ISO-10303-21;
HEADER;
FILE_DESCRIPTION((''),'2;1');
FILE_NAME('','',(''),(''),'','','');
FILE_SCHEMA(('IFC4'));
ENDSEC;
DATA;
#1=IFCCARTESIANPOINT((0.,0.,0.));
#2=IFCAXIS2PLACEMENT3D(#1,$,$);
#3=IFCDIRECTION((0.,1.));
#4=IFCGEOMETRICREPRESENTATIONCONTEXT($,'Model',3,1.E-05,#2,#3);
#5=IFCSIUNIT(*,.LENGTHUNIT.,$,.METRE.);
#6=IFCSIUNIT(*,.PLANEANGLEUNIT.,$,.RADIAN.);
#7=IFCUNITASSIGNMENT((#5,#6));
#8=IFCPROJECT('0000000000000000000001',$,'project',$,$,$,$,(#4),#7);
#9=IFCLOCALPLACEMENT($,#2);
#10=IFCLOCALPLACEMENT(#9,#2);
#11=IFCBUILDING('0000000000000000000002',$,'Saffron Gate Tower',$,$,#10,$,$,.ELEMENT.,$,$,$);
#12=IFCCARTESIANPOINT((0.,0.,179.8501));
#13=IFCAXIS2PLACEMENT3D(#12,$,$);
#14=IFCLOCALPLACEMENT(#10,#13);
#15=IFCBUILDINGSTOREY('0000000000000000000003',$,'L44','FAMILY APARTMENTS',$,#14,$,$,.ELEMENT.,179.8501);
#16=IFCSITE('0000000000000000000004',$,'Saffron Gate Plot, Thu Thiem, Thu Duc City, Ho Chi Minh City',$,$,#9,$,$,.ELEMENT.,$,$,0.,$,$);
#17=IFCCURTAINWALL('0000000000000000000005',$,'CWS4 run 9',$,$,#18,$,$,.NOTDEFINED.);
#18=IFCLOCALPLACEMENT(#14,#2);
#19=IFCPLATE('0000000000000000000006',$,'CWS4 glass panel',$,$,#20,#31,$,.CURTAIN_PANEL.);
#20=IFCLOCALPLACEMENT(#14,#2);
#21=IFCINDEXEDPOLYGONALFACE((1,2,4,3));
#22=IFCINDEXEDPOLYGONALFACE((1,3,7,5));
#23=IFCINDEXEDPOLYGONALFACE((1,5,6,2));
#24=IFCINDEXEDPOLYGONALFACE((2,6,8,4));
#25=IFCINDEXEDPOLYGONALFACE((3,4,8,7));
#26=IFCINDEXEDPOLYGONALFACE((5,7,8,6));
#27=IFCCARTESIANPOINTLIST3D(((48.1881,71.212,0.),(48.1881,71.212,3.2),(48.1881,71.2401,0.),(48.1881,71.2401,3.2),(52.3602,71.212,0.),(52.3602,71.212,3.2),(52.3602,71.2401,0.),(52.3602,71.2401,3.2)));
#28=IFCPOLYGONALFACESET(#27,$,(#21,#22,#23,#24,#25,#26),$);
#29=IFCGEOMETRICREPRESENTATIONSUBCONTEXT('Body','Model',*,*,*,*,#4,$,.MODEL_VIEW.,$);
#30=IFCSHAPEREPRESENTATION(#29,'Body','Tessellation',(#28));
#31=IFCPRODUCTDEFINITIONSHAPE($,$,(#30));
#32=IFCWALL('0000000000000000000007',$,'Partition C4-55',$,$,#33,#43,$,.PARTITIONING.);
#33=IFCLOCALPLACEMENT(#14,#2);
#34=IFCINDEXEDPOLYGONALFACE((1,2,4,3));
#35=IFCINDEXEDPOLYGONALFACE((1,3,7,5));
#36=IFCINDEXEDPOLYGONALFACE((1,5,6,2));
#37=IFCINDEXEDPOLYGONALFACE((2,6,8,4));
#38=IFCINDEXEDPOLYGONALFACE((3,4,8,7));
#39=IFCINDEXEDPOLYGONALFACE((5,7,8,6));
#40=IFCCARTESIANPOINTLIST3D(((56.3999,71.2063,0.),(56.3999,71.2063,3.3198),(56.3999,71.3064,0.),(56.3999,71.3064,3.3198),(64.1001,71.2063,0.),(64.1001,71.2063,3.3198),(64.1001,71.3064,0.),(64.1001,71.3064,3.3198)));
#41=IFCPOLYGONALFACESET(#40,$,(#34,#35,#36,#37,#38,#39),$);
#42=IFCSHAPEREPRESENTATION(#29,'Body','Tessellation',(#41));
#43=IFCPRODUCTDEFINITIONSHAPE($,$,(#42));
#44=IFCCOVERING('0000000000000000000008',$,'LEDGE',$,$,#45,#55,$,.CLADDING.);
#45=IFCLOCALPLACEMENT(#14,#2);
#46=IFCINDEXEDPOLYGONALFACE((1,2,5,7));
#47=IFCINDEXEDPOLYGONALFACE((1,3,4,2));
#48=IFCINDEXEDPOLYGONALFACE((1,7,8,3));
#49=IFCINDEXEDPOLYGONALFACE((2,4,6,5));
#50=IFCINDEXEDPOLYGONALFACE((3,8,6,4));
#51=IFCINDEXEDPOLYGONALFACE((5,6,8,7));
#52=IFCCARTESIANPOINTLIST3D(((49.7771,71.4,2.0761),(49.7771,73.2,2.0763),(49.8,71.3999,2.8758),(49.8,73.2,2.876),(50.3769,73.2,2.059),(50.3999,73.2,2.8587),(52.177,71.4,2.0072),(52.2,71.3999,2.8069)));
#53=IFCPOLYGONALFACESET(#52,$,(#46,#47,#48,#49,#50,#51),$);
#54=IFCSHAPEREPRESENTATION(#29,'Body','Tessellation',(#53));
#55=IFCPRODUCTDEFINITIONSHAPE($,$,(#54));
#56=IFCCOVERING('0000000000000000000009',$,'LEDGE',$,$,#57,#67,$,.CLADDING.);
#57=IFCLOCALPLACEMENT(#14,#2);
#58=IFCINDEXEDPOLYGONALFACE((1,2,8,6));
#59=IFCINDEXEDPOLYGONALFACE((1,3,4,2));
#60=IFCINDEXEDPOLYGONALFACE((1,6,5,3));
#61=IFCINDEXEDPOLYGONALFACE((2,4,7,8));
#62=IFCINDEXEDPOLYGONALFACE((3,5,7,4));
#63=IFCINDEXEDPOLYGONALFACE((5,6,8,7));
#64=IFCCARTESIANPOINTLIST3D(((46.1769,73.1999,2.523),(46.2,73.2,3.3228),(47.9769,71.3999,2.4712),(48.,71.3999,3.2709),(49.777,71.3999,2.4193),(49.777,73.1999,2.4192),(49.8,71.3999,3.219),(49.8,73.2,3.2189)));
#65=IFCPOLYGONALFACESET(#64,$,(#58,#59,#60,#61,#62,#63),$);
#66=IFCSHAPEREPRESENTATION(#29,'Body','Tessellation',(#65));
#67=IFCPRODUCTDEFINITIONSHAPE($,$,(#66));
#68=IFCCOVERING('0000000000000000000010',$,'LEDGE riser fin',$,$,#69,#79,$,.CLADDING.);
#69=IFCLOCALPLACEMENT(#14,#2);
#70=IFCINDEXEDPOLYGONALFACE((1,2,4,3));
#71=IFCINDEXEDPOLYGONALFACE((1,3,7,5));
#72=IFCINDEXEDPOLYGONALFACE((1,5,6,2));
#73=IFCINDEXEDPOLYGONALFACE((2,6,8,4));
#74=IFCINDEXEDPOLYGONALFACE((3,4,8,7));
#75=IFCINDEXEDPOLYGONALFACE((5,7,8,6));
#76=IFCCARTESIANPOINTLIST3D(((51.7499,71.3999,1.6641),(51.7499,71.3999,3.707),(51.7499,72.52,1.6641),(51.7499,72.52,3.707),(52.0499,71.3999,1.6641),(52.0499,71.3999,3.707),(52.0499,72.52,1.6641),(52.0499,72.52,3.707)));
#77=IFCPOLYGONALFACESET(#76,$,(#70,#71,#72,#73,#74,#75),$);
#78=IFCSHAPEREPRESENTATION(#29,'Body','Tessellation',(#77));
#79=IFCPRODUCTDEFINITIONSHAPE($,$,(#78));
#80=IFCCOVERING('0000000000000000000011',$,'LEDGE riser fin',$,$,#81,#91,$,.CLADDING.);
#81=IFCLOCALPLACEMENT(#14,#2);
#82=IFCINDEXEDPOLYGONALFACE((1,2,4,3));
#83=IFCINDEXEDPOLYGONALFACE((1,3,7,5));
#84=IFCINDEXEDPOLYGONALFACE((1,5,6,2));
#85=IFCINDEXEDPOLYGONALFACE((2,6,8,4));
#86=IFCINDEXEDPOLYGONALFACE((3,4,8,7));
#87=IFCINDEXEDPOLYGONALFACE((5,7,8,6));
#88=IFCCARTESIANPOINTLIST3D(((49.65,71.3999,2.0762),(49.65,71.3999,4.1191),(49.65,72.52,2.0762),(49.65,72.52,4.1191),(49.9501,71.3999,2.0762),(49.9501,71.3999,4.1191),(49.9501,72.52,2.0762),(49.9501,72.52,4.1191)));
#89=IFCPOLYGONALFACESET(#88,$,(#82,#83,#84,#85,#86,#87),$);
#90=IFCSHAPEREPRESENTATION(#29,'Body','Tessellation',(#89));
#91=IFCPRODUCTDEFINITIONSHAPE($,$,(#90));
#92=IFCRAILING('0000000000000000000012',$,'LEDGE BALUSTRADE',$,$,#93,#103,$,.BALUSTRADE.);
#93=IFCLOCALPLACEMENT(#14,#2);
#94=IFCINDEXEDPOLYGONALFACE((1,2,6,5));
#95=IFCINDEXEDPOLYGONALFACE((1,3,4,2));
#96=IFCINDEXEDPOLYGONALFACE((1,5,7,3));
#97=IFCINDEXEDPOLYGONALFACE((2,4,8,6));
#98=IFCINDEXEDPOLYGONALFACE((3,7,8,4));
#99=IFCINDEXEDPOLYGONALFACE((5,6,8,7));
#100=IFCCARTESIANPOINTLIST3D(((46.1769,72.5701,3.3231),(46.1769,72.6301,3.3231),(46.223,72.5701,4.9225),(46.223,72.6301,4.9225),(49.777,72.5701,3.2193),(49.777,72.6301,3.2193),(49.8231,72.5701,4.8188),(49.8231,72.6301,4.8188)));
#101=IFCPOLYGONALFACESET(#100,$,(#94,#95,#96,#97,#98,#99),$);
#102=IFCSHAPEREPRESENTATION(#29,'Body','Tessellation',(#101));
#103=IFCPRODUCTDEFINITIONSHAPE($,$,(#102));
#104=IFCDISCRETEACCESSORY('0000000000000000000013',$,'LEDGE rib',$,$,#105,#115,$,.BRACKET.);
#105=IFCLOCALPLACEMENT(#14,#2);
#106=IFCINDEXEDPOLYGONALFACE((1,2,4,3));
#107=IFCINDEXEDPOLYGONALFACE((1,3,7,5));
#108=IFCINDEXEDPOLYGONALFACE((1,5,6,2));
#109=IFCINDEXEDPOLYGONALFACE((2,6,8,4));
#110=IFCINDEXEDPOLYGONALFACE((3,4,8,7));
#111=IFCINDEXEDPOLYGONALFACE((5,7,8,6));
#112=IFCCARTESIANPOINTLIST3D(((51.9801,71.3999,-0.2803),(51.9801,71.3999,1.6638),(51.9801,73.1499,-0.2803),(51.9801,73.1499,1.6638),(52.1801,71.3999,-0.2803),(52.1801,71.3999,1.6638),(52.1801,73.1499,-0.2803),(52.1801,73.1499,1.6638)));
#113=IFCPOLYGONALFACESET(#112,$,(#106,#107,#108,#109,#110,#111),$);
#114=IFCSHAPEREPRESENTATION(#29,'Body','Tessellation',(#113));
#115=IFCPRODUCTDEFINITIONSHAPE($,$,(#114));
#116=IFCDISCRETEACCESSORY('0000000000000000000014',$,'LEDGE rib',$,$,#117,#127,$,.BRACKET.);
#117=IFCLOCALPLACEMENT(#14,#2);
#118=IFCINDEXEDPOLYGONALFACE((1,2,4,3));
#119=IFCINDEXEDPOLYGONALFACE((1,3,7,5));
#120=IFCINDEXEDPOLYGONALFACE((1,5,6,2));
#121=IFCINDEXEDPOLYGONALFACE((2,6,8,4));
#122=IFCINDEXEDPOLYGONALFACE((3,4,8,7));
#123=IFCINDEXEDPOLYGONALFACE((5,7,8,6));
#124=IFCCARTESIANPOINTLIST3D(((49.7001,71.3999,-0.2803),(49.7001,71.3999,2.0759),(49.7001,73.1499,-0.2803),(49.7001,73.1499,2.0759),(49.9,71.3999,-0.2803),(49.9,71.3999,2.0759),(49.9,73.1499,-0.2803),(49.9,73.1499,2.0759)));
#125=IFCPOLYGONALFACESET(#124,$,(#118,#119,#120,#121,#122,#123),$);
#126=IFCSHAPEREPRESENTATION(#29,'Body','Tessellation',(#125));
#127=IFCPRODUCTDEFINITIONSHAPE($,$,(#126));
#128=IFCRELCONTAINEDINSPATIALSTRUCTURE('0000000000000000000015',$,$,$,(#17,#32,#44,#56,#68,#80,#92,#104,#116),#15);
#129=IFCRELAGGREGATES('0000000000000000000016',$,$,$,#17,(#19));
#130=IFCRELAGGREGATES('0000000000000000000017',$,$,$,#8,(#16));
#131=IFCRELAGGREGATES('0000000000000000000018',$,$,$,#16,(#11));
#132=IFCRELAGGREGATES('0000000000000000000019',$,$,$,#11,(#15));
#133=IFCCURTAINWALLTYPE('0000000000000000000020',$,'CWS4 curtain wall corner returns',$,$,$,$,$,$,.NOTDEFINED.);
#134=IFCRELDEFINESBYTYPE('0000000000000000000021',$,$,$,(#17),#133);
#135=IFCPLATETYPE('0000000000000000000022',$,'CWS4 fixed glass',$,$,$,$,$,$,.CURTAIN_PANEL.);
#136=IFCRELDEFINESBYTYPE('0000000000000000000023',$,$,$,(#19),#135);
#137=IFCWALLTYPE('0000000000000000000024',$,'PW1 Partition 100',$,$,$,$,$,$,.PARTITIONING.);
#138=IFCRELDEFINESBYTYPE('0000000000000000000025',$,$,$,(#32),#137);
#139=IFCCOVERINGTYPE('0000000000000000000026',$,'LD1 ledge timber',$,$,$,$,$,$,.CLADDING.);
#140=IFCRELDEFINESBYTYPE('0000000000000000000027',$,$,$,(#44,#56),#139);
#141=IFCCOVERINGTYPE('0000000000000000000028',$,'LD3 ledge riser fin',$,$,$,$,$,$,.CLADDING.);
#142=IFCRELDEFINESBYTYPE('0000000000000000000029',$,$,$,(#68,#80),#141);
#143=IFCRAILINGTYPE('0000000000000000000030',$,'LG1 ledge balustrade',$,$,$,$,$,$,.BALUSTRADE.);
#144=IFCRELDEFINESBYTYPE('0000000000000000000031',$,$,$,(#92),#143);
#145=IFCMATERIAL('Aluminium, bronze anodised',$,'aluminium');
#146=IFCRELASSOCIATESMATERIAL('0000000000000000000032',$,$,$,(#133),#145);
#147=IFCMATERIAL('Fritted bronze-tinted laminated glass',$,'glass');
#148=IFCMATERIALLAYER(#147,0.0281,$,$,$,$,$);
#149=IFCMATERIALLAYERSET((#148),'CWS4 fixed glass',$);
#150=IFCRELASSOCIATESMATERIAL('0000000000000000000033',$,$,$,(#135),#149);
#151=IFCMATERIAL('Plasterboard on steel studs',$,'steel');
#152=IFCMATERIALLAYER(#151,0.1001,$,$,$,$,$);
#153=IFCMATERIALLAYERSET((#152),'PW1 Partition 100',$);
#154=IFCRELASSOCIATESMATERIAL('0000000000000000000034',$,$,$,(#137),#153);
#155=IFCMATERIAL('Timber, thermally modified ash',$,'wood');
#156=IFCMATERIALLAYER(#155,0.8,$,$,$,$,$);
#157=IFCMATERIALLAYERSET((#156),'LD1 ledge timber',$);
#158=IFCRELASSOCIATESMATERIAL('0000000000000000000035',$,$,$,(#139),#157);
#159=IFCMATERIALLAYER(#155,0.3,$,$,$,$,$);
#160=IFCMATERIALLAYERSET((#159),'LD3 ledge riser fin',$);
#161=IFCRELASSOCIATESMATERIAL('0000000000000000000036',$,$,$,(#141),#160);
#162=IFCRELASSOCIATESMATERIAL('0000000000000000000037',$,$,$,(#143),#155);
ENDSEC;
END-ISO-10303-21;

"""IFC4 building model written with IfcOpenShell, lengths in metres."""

from ifc_helpers import new_model, si_unit, direction, frame, frame_2d, origin, origin_2d, place, context, subcontext, project, spatial, polyline, rectangle, outline, extrude, material, layer, layer_set, type_object, element, aggregate, save


model = new_model("IFC4")

# Units and contexts
model_context = context("Model", 3, precision=1e-05, world=origin(), true_north=direction((0.0, 1.0)))
body_context = subcontext(model_context, "Body", "Model", "MODEL_VIEW")
ifc_project = project(units=[si_unit("LENGTHUNIT", "METRE"), si_unit("PLANEANGLEUNIT", "RADIAN")], contexts=[model_context])

# Site, building, storey
site_placement = place(None, origin())
site = spatial("IfcSite", under=ifc_project, at=site_placement, Name="Saffron Gate Plot, Thu Thiem, Thu Duc City, Ho Chi Minh City", CompositionType="ELEMENT", RefElevation=0.0)
building_placement = place(site_placement, origin())
building = spatial("IfcBuilding", under=site, at=building_placement, Name="Saffron Gate Tower", CompositionType="ELEMENT")
storey_placement = place(building_placement, frame((0.0, 0.0, 179.8501)))
storey = spatial("IfcBuildingStorey", under=building, at=storey_placement, Name="L44", Description="FAMILY APARTMENTS", CompositionType="ELEMENT", Elevation=179.8501)

# Shared definitions
ifc_material_1 = material(Name="Aluminium, bronze anodised", Category="aluminium")

# Curtain wall
curtain_wall_type_1 = type_object("IfcCurtainWallType", Name="CWS4 curtain wall corner returns", PredefinedType="NOTDEFINED", material=ifc_material_1)
curtain_wall_1_placement = place(storey_placement, origin())
curtain_wall_1 = element("IfcCurtainWall", 1, at=curtain_wall_1_placement, inside=storey, type_object=curtain_wall_type_1, Name="CWS4 run 9", PredefinedType="NOTDEFINED")

# Shared definitions
ifc_material_2 = material(Name="Fritted bronze-tinted laminated glass", Category="glass")

# Plate
ifc_layer_1 = layer(ifc_material_2, 0.0281)
ifc_layer_set_1 = layer_set([ifc_layer_1], Name="CWS4 fixed glass")
plate_type_1 = type_object("IfcPlateType", Name="CWS4 fixed glass", PredefinedType="CURTAIN_PANEL", material=ifc_layer_set_1)
plate_1_placement = place(storey_placement, frame((52.3601, 71.2261, 0.0), z_axis=(0.0, 0.0, 1.0), x_axis=(-1.0, 0.0, 0.0)))
plate_1 = element("IfcPlate", 2, at=plate_1_placement, type_object=plate_type_1, Name="CWS4 glass panel", PredefinedType="CURTAIN_PANEL", context=body_context, shape_type="SweptSolid", body=[
    extrude(rectangle(XDim=4.1721, YDim=0.0281, at=frame_2d((2.0859, 0.0))), origin(), (0.0, 0.0, 1.0), 3.2),
])
aggregate(curtain_wall_1, [plate_1])

# Wall
ifc_material_3 = material(Name="Plasterboard on steel studs", Category="steel")
ifc_layer_2 = layer(ifc_material_3, 0.1001)
ifc_layer_set_2 = layer_set([ifc_layer_2], Name="PW1 Partition 100")
wall_type = type_object("IfcWallType", Name="PW1 Partition 100", PredefinedType="PARTITIONING", material=ifc_layer_set_2)
wall_placement = place(storey_placement, frame((56.3999, 71.2563, 0.0), z_axis=(0.0, 0.0, 1.0), x_axis=(1.0, 0.0, 0.0)))
element("IfcWall", 3, at=wall_placement, inside=storey, type_object=wall_type, Name="Partition C4-55", PredefinedType="PARTITIONING", context=body_context, shape_type="SweptSolid", body=[
    extrude(rectangle(XDim=7.7002, YDim=0.1001, at=frame_2d((3.8501, 0.0))), origin(), (0.0, 0.0, 1.0), 3.3198),
])

# Coverings
ifc_material_4 = material(Name="Timber, thermally modified ash", Category="wood")
ifc_layer_3 = layer(ifc_material_4, 0.8)
ifc_layer_set_3 = layer_set([ifc_layer_3], Name="LD1 ledge timber")
covering_type_1 = type_object("IfcCoveringType", Name="LD1 ledge timber", PredefinedType="CLADDING", material=ifc_layer_set_3)
covering_1_placement = place(storey_placement, frame((52.2, 71.3999, 2.8069), z_axis=(0.028718, -0.00008, 0.999588), x_axis=(-0.999588, 0.0, 0.028718)))
element("IfcCovering", 4, at=covering_1_placement, inside=storey, type_object=covering_type_1, Name="LEDGE", PredefinedType="CLADDING", context=body_context, shape_type="SweptSolid", body=[
    extrude(outline(polyline([(0.0, 0.0), (2.4009, 0.0), (2.4009, -1.8), (1.8008, -1.8), (0.0, 0.0)])), origin(), (0.0, 0.0, -1.0), 0.8),
])
covering_2_placement = place(storey_placement, frame((49.8, 71.3999, 3.219), z_axis=(0.028832, 0.000045, 0.999584), x_axis=(-0.999584, 0.0, 0.028832)))
element("IfcCovering", 5, at=covering_2_placement, inside=storey, type_object=covering_type_1, Name="LEDGE", PredefinedType="CLADDING", context=body_context, shape_type="SweptSolid", body=[
    extrude(outline(polyline([(0.0, 0.0), (1.8008, 0.0), (3.6016, -1.8), (0.0, -1.8), (0.0, 0.0)])), origin(), (0.0, 0.0, -1.0), 0.8),
])
ifc_layer_4 = layer(ifc_material_4, 0.3)
ifc_layer_set_4 = layer_set([ifc_layer_4], Name="LD3 ledge riser fin")
covering_type_2 = type_object("IfcCoveringType", Name="LD3 ledge riser fin", PredefinedType="CLADDING", material=ifc_layer_set_4)
for number, where, z_axis, x_axis, name in (
    (6, (51.8999, 71.96, 1.6641), (0.0, 0.0, 1.0), (-1.0, 0.0, 0.0), "LEDGE riser fin"),
    (7, (49.8, 71.96, 2.0762), (0.0, 0.0, 1.0), (-1.0, 0.0, 0.0), "LEDGE riser fin"),
):
    element("IfcCovering", number, at=place(storey_placement, frame(where, z_axis=z_axis, x_axis=x_axis)), inside=storey, type_object=covering_type_2, Name=name, PredefinedType="CLADDING", context=body_context, shape_type="SweptSolid", body=[
        extrude(rectangle(XDim=0.3, YDim=1.1201, at=origin_2d()), origin(), (0.0, 0.0, 1.0), 2.043),
    ])

# Railing
railing_type = type_object("IfcRailingType", Name="LG1 ledge balustrade", PredefinedType="BALUSTRADE", material=ifc_material_4)
railing_placement = place(storey_placement, frame((49.8, 72.6001, 3.219)))
element("IfcRailing", 8, at=railing_placement, inside=storey, type_object=railing_type, Name="LEDGE BALUSTRADE", PredefinedType="BALUSTRADE", context=body_context, shape_type="SweptSolid", body=[
    extrude(rectangle(XDim=0.0601, YDim=1.6001, at=origin_2d()), frame((0.0, 0.0, 0.8), z_axis=(-0.999585, 0.0, 0.028809), x_axis=(0.0, -1.0, 0.0)), (0.0, 0.0, 1.0), 3.6016),
])

# Discrete accessories
discrete_accessory_1_placement = place(storey_placement, frame((52.0801, 72.2749, -0.2803), z_axis=(0.0, 0.0, 1.0), x_axis=(-1.0, 0.0, 0.0)))
element("IfcDiscreteAccessory", 9, at=discrete_accessory_1_placement, inside=storey, Name="LEDGE rib", PredefinedType="BRACKET", context=body_context, shape_type="SweptSolid", body=[
    extrude(rectangle(XDim=0.2, YDim=1.75, at=origin_2d()), origin(), (0.0, 0.0, 1.0), 1.9441),
])
discrete_accessory_2_placement = place(storey_placement, frame((49.8, 72.2749, -0.2803), z_axis=(0.0, 0.0, 1.0), x_axis=(-1.0, 0.0, 0.0)))
element("IfcDiscreteAccessory", 10, at=discrete_accessory_2_placement, inside=storey, Name="LEDGE rib", PredefinedType="BRACKET", context=body_context, shape_type="SweptSolid", body=[
    extrude(rectangle(XDim=0.2, YDim=1.75, at=origin_2d()), origin(), (0.0, 0.0, 1.0), 2.3562),
])

save(model, "model.ifc")
